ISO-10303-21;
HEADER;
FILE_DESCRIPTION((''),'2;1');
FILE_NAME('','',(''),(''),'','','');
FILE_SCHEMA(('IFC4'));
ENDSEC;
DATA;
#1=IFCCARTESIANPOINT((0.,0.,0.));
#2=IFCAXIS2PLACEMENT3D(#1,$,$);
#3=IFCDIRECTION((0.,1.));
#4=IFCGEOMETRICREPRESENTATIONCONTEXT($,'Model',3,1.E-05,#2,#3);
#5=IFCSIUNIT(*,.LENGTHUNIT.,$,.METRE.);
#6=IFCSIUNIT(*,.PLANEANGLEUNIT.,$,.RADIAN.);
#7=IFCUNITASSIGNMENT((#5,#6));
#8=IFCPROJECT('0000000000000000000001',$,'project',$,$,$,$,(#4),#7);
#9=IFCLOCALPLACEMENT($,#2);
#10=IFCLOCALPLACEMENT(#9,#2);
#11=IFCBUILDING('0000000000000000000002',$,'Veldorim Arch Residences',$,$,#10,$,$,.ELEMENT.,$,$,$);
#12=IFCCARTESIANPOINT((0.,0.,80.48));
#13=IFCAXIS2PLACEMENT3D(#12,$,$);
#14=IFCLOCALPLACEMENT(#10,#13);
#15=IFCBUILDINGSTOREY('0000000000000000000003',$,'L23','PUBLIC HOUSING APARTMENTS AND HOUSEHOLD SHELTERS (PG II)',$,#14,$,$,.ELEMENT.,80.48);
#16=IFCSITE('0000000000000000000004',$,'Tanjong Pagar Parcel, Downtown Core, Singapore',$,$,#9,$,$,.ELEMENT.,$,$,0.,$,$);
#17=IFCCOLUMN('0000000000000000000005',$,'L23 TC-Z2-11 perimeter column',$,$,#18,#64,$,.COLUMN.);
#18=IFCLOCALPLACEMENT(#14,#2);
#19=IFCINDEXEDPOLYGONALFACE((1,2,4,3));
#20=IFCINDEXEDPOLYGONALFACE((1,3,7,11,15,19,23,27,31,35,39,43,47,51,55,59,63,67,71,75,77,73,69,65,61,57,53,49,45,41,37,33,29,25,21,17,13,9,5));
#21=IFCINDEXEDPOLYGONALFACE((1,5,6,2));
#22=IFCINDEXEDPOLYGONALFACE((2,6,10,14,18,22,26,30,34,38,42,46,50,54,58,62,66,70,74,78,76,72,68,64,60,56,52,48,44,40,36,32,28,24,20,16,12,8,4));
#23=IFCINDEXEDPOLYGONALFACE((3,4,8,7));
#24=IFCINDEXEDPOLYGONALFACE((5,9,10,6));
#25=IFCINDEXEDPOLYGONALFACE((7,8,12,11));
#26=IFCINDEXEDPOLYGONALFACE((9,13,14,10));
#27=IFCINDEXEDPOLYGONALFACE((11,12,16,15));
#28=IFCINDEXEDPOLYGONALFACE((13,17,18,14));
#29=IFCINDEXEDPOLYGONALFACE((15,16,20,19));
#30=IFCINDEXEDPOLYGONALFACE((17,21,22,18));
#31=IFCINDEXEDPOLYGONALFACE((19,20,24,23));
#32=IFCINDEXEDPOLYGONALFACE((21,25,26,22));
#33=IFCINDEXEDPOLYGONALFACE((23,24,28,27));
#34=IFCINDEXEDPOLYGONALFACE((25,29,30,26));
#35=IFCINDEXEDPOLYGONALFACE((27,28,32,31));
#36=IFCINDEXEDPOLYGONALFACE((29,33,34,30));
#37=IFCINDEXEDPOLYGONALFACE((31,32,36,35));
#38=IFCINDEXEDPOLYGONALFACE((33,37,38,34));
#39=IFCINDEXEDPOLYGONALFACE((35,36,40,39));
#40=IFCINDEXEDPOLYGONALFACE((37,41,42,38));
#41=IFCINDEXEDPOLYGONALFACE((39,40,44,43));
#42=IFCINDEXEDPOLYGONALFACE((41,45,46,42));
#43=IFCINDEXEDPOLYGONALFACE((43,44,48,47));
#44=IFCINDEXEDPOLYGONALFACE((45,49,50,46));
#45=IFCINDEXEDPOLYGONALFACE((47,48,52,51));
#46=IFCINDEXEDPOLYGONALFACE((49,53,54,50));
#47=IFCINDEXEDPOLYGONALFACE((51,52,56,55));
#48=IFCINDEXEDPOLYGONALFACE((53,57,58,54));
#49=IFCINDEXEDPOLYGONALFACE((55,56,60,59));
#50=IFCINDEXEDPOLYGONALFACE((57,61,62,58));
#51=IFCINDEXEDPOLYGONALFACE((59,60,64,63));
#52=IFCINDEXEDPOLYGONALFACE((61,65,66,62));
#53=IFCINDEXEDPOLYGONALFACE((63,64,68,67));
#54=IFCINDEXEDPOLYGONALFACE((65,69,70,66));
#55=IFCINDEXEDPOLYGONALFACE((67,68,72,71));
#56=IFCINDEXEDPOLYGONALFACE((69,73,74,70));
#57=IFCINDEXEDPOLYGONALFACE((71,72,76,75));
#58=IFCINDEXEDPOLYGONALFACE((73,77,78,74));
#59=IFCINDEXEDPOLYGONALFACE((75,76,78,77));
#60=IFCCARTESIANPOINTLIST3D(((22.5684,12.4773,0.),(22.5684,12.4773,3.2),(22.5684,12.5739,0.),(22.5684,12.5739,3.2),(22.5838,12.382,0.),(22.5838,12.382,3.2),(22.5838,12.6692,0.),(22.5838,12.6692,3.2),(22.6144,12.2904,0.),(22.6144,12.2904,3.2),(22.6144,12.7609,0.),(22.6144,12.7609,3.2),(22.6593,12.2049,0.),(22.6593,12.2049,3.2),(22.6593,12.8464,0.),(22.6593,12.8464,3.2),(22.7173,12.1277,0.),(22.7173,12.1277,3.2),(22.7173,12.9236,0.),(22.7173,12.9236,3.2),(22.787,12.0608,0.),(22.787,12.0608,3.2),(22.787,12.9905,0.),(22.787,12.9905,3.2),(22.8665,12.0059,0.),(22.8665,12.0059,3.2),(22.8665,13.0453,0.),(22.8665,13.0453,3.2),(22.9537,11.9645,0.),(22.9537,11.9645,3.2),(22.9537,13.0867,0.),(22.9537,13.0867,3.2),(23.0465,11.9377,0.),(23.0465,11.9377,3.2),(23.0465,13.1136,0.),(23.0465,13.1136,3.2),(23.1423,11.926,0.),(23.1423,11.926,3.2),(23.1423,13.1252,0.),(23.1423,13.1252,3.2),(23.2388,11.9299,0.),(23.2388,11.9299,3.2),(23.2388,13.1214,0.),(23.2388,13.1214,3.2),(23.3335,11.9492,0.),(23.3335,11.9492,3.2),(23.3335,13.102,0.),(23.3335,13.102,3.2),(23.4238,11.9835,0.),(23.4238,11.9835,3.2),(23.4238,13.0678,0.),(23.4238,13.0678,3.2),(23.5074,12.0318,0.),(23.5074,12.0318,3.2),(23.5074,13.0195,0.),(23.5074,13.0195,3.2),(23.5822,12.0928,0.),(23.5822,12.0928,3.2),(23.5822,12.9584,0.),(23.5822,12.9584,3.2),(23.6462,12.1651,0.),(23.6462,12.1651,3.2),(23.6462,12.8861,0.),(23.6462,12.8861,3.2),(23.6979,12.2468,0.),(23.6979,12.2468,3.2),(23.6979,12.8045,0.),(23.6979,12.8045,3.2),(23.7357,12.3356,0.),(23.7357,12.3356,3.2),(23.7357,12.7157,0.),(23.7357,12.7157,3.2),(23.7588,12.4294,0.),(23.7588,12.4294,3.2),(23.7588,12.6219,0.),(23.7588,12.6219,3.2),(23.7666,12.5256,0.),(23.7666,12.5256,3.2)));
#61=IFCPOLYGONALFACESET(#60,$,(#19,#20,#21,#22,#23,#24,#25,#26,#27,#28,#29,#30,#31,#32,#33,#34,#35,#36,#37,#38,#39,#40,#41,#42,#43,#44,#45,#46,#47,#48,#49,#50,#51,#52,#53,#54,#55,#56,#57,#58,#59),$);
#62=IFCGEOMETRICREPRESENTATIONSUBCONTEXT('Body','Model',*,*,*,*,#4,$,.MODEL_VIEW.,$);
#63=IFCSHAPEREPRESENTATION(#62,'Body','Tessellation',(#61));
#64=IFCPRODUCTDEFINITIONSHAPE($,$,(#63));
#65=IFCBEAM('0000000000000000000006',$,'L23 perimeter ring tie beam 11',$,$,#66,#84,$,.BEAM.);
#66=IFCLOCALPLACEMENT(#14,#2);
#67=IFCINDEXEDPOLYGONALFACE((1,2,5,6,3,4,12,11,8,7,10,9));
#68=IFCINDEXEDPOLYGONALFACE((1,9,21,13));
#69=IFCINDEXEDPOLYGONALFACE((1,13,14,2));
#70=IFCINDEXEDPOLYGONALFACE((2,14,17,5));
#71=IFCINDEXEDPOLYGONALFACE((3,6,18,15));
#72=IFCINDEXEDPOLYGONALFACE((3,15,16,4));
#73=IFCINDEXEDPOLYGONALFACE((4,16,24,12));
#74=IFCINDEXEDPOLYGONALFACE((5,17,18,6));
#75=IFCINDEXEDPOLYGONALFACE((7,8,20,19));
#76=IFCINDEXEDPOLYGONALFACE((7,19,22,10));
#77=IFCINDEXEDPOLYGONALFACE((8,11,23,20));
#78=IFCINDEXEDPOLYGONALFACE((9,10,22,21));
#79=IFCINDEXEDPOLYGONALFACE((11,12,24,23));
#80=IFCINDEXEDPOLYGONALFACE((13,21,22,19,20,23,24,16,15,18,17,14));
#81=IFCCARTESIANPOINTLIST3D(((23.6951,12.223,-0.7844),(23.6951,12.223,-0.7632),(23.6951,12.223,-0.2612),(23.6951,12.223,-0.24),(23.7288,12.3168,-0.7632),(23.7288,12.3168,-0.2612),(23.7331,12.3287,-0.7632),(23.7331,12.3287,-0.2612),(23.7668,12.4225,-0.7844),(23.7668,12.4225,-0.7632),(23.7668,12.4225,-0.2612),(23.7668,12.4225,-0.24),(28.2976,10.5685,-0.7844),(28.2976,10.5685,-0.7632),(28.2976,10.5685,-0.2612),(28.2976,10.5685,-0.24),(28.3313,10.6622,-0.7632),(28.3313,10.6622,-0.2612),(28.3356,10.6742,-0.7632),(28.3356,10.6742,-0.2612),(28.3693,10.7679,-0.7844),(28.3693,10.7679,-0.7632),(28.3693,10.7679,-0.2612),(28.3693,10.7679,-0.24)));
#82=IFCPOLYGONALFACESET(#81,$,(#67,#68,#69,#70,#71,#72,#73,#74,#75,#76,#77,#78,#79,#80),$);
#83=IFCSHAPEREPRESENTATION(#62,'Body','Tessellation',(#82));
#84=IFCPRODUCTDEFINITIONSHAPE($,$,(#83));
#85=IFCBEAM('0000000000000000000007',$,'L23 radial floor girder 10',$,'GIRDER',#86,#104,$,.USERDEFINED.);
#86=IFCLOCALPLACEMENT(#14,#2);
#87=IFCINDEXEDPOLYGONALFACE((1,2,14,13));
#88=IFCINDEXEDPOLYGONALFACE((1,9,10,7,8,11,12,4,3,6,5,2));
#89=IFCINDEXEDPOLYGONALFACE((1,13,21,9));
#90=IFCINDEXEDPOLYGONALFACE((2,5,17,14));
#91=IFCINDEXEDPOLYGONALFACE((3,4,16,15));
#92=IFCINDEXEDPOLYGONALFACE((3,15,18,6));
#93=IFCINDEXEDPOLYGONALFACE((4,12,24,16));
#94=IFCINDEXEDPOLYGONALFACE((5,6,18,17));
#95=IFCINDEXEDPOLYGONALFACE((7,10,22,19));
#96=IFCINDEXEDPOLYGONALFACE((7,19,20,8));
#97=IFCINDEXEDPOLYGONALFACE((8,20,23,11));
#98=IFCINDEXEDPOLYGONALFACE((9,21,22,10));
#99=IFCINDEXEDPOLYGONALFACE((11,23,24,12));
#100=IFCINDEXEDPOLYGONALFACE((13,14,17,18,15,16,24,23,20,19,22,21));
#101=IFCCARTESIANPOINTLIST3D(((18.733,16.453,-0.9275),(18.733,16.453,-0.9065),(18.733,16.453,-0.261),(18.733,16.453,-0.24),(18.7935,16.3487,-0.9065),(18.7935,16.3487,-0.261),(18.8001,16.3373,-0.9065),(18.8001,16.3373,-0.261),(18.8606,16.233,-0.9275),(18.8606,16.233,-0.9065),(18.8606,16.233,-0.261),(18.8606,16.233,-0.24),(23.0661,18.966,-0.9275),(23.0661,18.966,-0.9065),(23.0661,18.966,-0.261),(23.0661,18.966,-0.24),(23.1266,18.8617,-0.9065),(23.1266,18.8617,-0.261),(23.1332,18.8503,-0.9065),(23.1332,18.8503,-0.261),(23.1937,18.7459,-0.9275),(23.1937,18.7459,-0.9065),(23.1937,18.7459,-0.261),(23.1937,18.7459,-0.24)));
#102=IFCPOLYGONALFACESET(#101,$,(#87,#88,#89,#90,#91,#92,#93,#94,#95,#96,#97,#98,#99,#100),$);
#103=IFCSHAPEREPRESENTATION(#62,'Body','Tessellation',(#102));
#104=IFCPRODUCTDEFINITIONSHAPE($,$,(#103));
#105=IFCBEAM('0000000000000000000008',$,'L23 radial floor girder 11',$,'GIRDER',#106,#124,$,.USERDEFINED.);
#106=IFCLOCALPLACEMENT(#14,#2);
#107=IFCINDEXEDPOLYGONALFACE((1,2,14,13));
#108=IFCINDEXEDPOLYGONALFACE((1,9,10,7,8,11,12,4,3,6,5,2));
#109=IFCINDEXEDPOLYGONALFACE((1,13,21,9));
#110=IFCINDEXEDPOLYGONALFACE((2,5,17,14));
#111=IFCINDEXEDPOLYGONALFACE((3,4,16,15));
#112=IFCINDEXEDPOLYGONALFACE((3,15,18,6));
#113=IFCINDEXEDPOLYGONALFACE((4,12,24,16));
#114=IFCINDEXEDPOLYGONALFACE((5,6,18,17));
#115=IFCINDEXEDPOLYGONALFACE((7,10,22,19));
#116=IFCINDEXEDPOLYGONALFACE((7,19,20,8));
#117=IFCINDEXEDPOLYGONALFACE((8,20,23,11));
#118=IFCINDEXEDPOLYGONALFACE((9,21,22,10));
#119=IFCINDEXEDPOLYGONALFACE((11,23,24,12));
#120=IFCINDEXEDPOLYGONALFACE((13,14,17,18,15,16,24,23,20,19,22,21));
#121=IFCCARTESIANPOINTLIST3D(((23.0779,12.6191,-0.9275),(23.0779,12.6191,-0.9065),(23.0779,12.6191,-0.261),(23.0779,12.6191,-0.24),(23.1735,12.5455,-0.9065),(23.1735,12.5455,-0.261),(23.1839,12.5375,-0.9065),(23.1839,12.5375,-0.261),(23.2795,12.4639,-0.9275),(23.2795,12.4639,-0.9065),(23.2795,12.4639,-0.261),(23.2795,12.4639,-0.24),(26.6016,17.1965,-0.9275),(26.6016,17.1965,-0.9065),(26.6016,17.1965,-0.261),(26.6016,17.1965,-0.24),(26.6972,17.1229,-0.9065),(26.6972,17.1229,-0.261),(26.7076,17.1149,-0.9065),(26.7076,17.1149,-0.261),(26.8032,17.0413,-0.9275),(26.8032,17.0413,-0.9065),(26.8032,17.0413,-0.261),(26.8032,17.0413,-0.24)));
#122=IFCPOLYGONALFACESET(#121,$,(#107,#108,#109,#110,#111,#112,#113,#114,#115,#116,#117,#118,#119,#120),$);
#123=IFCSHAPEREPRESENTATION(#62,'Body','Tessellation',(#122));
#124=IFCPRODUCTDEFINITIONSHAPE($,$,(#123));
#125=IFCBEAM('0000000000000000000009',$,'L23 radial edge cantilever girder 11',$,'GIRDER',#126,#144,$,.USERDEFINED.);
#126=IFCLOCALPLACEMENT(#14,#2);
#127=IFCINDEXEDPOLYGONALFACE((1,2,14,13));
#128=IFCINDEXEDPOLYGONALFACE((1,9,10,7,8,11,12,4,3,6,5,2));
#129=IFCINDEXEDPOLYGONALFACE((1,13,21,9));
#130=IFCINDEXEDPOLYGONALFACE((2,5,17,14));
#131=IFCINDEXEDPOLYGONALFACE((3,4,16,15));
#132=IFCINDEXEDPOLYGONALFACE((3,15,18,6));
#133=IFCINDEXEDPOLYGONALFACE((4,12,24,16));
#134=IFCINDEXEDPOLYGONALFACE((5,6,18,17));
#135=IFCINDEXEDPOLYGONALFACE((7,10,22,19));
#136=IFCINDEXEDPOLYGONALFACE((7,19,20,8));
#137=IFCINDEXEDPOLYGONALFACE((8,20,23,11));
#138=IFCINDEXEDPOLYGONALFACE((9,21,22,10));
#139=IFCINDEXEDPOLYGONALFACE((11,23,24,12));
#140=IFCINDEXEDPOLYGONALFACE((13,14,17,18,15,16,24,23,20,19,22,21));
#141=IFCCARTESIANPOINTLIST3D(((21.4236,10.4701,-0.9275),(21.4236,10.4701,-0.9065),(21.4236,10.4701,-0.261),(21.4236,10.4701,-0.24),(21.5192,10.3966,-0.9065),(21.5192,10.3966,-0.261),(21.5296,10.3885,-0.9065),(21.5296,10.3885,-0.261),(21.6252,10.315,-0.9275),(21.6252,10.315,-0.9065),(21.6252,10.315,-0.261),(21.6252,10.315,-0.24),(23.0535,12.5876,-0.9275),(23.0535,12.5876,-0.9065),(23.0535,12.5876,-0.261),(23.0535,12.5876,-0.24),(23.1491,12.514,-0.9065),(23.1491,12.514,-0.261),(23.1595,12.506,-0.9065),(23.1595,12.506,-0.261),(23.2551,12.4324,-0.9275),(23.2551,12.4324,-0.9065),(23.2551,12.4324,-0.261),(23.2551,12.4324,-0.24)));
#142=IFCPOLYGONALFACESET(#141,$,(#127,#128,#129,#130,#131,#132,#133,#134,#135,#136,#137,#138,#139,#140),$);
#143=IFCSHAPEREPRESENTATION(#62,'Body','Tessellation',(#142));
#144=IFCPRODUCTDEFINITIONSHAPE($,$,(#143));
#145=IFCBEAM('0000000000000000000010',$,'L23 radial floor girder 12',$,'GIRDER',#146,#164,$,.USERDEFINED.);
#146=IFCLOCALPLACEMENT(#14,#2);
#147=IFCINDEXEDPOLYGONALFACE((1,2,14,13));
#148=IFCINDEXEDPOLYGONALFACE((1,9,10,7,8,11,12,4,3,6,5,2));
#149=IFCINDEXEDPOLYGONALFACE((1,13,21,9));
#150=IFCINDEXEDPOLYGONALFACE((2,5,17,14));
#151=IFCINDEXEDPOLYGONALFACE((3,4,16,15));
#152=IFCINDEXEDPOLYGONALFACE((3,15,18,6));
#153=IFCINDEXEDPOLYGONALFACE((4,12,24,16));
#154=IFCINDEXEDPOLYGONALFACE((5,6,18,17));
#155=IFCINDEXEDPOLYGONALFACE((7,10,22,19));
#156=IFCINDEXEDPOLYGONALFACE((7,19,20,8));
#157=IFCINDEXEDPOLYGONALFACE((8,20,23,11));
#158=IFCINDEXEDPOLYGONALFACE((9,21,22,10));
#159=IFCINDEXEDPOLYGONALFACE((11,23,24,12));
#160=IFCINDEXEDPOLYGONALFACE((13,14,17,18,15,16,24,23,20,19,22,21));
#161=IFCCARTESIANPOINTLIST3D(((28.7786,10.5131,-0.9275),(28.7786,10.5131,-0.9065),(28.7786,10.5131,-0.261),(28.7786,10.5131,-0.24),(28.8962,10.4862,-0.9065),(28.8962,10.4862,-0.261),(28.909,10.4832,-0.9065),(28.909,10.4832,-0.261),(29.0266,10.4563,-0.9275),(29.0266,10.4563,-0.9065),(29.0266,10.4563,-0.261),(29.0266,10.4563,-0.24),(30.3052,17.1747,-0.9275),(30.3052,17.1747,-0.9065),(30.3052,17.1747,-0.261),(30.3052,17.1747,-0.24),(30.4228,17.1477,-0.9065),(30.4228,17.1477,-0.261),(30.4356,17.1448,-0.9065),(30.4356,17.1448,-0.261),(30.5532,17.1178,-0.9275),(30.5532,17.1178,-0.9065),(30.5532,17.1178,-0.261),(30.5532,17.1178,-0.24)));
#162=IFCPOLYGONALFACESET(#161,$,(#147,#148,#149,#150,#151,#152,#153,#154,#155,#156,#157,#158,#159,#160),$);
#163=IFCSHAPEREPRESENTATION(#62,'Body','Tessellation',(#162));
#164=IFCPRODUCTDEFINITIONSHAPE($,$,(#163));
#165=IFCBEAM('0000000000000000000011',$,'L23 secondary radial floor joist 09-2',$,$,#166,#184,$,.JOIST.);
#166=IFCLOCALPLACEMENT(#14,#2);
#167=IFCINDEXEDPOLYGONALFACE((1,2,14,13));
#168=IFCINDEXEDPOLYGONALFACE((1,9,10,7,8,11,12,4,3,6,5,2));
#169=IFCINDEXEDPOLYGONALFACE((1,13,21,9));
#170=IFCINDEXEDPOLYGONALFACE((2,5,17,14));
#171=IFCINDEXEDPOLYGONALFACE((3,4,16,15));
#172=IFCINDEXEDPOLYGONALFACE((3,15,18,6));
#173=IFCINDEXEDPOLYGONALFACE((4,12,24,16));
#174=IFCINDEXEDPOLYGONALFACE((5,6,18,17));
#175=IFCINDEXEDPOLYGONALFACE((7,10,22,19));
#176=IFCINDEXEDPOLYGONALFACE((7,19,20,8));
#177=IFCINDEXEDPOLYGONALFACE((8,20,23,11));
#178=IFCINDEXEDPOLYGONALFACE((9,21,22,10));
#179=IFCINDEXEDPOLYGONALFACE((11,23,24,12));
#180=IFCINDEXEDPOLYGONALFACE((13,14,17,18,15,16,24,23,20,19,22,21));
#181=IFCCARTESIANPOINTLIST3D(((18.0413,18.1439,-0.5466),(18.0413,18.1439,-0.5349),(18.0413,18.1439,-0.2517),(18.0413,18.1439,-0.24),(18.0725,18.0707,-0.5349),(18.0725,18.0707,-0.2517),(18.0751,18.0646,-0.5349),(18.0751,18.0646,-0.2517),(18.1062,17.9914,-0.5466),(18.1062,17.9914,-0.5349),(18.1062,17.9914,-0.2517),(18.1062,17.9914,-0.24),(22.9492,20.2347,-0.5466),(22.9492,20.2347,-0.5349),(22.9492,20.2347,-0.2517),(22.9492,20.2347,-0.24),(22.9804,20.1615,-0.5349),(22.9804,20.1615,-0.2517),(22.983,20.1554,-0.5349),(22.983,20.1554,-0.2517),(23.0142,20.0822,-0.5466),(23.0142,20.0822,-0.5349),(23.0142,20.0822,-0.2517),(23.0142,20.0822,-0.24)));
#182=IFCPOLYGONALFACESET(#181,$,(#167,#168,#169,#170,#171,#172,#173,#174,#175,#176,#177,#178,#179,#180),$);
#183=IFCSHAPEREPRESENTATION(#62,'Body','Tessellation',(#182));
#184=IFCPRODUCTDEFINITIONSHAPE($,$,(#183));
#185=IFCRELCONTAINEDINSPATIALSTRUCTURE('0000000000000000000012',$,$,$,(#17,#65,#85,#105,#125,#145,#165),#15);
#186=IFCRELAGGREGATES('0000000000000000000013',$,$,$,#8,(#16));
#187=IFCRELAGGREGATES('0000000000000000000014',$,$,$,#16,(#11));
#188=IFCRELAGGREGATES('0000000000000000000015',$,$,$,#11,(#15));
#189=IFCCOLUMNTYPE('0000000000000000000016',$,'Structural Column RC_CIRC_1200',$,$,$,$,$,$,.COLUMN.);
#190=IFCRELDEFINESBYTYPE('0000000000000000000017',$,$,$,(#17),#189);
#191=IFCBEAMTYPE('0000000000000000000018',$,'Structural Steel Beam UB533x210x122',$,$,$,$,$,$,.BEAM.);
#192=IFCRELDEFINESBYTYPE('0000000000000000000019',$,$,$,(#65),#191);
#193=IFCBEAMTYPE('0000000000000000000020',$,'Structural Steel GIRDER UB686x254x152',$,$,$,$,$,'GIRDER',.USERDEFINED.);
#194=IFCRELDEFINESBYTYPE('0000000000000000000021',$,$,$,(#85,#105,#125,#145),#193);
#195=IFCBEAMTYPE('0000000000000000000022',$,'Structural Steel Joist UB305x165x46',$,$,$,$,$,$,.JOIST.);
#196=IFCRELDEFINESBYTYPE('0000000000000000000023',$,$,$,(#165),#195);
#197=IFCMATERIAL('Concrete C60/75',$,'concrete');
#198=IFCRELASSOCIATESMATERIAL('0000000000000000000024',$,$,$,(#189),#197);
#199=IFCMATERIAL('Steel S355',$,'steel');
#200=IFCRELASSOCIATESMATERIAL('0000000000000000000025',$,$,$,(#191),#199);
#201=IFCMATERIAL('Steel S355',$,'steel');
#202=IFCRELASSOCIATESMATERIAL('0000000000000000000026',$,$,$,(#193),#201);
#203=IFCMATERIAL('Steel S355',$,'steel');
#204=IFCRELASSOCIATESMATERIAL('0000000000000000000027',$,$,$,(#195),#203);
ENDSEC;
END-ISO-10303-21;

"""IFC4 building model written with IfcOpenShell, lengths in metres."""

from ifc_helpers import new_model, si_unit, direction, frame, origin, origin_2d, place, context, subcontext, project, spatial, circle, i_section, extrude, material, material_profile, profile_set, type_object, element, save


model = new_model("IFC4")

# Units and contexts
model_context = context("Model", 3, precision=1e-05, world=origin(), true_north=direction((0.0, 1.0)))
body_context = subcontext(model_context, "Body", "Model", "MODEL_VIEW")
ifc_project = project(units=[si_unit("LENGTHUNIT", "METRE"), si_unit("PLANEANGLEUNIT", "RADIAN")], contexts=[model_context])

# Site, building, storey
site_placement = place(None, origin())
site = spatial("IfcSite", under=ifc_project, at=site_placement, Name="Tanjong Pagar Parcel, Downtown Core, Singapore", CompositionType="ELEMENT", RefElevation=0.0)
building_placement = place(site_placement, origin())
building = spatial("IfcBuilding", under=site, at=building_placement, Name="Veldorim Arch Residences", CompositionType="ELEMENT")
storey_placement = place(building_placement, frame((0.0, 0.0, 80.48)))
storey = spatial("IfcBuildingStorey", under=building, at=storey_placement, Name="L23", Description="PUBLIC HOUSING APARTMENTS AND HOUSEHOLD SHELTERS (PG II)", CompositionType="ELEMENT", Elevation=80.48)

# Column
ifc_material_1 = material(Name="Concrete C60/75", Category="concrete")
ifc_material_profile_1 = material_profile(ifc_material_1, circle(Radius=0.6001, at=origin_2d()), Name="RC_CIRC_1200")
ifc_profile_set_1 = profile_set([ifc_material_profile_1], Name="Concrete C60/75")
column_type = type_object("IfcColumnType", Name="Structural Column RC_CIRC_1200", PredefinedType="COLUMN", material=ifc_profile_set_1)
column_placement = place(storey_placement, frame((23.1665, 12.5256, 0.0), z_axis=(0.0, 0.0, 1.0), x_axis=(1.0, 0.0, 0.0)))
element("IfcColumn", 1, at=column_placement, inside=storey, type_object=column_type, Name="L23 TC-Z2-11 perimeter column", PredefinedType="COLUMN", context=body_context, shape_type="SweptSolid", body=[
    extrude(circle(Radius=0.6001, at=origin_2d()), origin(), (0.0, 0.0, 1.0), 3.2),
])

# Beams
ifc_material_2 = material(Name="Steel S355", Category="steel")
ifc_material_profile_2 = material_profile(ifc_material_2, i_section(OverallWidth=0.2119, OverallDepth=0.5444, WebThickness=0.0127, FlangeThickness=0.0212, at=origin_2d()), Name="UB533x210x122")
ifc_profile_set_2 = profile_set([ifc_material_profile_2], Name="Steel S355")
beam_type_1 = type_object("IfcBeamType", Name="Structural Steel Beam UB533x210x122", PredefinedType="BEAM", material=ifc_profile_set_2)
beam_1_placement = place(storey_placement, frame((23.731, 12.3228, -0.5122), z_axis=(0.941042, -0.33829, 0.0), x_axis=(0.33829, 0.941042, 0.0)))
element("IfcBeam", 2, at=beam_1_placement, inside=storey, type_object=beam_type_1, Name="L23 perimeter ring tie beam 11", PredefinedType="BEAM", context=body_context, shape_type="SweptSolid", body=[
    extrude(i_section(OverallWidth=0.2119, OverallDepth=0.5444, WebThickness=0.0127, FlangeThickness=0.0212, at=origin_2d()), origin(), (0.0, 0.0, 1.0), 4.8909),
])
ifc_material_3 = material(Name="Steel S355", Category="steel")
ifc_material_profile_3 = material_profile(ifc_material_3, i_section(OverallWidth=0.2544, OverallDepth=0.6875, WebThickness=0.0132, FlangeThickness=0.021, at=origin_2d()), Name="UB686x254x152")
ifc_profile_set_3 = profile_set([ifc_material_profile_3], Name="Steel S355")
beam_type_2 = type_object("IfcBeamType", Name="Structural Steel GIRDER UB686x254x152", ElementType="GIRDER", PredefinedType="USERDEFINED", material=ifc_profile_set_3)
beam_2_placement = place(storey_placement, frame((23.1299, 18.856, -0.5837), z_axis=(-0.865049, -0.501687, 0.0), x_axis=(0.501687, -0.865049, 0.0)))
element("IfcBeam", 3, at=beam_2_placement, inside=storey, type_object=beam_type_2, Name="L23 radial floor girder 10", ObjectType="GIRDER", PredefinedType="USERDEFINED", context=body_context, shape_type="SweptSolid", body=[
    extrude(i_section(OverallWidth=0.2544, OverallDepth=0.6875, WebThickness=0.0132, FlangeThickness=0.021, at=origin_2d()), origin(), (0.0, 0.0, 1.0), 5.009),
])
beam_3_placement = place(storey_placement, frame((26.7024, 17.1189, -0.5837), z_axis=(-0.609995, -0.792406, 0.0), x_axis=(0.792406, -0.609995, 0.0)))
element("IfcBeam", 4, at=beam_3_placement, inside=storey, type_object=beam_type_2, Name="L23 radial floor girder 11", ObjectType="GIRDER", PredefinedType="USERDEFINED", context=body_context, shape_type="SweptSolid", body=[
    extrude(i_section(OverallWidth=0.2544, OverallDepth=0.6875, WebThickness=0.0132, FlangeThickness=0.021, at=origin_2d()), origin(), (0.0, 0.0, 1.0), 5.7766),
])
beam_4_placement = place(storey_placement, frame((23.1543, 12.51, -0.5837), z_axis=(-0.609967, -0.792427, 0.0), x_axis=(0.792427, -0.609967, 0.0)))
element("IfcBeam", 5, at=beam_4_placement, inside=storey, type_object=beam_type_2, Name="L23 radial edge cantilever girder 11", ObjectType="GIRDER", PredefinedType="USERDEFINED", context=body_context, shape_type="SweptSolid", body=[
    extrude(i_section(OverallWidth=0.2544, OverallDepth=0.6875, WebThickness=0.0132, FlangeThickness=0.021, at=origin_2d()), origin(), (0.0, 0.0, 1.0), 2.6721),
])
beam_5_placement = place(storey_placement, frame((30.4292, 17.1462, -0.5837), z_axis=(-0.223375, -0.974733, 0.0), x_axis=(0.974733, -0.223375, 0.0)))
element("IfcBeam", 6, at=beam_5_placement, inside=storey, type_object=beam_type_2, Name="L23 radial floor girder 12", ObjectType="GIRDER", PredefinedType="USERDEFINED", context=body_context, shape_type="SweptSolid", body=[
    extrude(i_section(OverallWidth=0.2544, OverallDepth=0.6875, WebThickness=0.0132, FlangeThickness=0.021, at=origin_2d()), origin(), (0.0, 0.0, 1.0), 6.8342),
])
ifc_material_4 = material(Name="Steel S355", Category="steel")
ifc_material_profile_4 = material_profile(ifc_material_4, i_section(OverallWidth=0.1658, OverallDepth=0.3066, WebThickness=0.0066, FlangeThickness=0.0117, at=origin_2d()), Name="UB305x165x46")
ifc_profile_set_4 = profile_set([ifc_material_profile_4], Name="Steel S355")
beam_type_3 = type_object("IfcBeamType", Name="Structural Steel Joist UB305x165x46", PredefinedType="JOIST", material=ifc_profile_set_4)
beam_6_placement = place(storey_placement, frame((22.9817, 20.1584, -0.3933), z_axis=(-0.919997, -0.391924, 0.0), x_axis=(0.391924, -0.919997, 0.0)))
element("IfcBeam", 7, at=beam_6_placement, inside=storey, type_object=beam_type_3, Name="L23 secondary radial floor joist 09-2", PredefinedType="JOIST", context=body_context, shape_type="SweptSolid", body=[
    extrude(i_section(OverallWidth=0.1658, OverallDepth=0.3066, WebThickness=0.0066, FlangeThickness=0.0117, at=origin_2d()), origin(), (0.0, 0.0, 1.0), 5.3347),
])

save(model, "model.ifc")
